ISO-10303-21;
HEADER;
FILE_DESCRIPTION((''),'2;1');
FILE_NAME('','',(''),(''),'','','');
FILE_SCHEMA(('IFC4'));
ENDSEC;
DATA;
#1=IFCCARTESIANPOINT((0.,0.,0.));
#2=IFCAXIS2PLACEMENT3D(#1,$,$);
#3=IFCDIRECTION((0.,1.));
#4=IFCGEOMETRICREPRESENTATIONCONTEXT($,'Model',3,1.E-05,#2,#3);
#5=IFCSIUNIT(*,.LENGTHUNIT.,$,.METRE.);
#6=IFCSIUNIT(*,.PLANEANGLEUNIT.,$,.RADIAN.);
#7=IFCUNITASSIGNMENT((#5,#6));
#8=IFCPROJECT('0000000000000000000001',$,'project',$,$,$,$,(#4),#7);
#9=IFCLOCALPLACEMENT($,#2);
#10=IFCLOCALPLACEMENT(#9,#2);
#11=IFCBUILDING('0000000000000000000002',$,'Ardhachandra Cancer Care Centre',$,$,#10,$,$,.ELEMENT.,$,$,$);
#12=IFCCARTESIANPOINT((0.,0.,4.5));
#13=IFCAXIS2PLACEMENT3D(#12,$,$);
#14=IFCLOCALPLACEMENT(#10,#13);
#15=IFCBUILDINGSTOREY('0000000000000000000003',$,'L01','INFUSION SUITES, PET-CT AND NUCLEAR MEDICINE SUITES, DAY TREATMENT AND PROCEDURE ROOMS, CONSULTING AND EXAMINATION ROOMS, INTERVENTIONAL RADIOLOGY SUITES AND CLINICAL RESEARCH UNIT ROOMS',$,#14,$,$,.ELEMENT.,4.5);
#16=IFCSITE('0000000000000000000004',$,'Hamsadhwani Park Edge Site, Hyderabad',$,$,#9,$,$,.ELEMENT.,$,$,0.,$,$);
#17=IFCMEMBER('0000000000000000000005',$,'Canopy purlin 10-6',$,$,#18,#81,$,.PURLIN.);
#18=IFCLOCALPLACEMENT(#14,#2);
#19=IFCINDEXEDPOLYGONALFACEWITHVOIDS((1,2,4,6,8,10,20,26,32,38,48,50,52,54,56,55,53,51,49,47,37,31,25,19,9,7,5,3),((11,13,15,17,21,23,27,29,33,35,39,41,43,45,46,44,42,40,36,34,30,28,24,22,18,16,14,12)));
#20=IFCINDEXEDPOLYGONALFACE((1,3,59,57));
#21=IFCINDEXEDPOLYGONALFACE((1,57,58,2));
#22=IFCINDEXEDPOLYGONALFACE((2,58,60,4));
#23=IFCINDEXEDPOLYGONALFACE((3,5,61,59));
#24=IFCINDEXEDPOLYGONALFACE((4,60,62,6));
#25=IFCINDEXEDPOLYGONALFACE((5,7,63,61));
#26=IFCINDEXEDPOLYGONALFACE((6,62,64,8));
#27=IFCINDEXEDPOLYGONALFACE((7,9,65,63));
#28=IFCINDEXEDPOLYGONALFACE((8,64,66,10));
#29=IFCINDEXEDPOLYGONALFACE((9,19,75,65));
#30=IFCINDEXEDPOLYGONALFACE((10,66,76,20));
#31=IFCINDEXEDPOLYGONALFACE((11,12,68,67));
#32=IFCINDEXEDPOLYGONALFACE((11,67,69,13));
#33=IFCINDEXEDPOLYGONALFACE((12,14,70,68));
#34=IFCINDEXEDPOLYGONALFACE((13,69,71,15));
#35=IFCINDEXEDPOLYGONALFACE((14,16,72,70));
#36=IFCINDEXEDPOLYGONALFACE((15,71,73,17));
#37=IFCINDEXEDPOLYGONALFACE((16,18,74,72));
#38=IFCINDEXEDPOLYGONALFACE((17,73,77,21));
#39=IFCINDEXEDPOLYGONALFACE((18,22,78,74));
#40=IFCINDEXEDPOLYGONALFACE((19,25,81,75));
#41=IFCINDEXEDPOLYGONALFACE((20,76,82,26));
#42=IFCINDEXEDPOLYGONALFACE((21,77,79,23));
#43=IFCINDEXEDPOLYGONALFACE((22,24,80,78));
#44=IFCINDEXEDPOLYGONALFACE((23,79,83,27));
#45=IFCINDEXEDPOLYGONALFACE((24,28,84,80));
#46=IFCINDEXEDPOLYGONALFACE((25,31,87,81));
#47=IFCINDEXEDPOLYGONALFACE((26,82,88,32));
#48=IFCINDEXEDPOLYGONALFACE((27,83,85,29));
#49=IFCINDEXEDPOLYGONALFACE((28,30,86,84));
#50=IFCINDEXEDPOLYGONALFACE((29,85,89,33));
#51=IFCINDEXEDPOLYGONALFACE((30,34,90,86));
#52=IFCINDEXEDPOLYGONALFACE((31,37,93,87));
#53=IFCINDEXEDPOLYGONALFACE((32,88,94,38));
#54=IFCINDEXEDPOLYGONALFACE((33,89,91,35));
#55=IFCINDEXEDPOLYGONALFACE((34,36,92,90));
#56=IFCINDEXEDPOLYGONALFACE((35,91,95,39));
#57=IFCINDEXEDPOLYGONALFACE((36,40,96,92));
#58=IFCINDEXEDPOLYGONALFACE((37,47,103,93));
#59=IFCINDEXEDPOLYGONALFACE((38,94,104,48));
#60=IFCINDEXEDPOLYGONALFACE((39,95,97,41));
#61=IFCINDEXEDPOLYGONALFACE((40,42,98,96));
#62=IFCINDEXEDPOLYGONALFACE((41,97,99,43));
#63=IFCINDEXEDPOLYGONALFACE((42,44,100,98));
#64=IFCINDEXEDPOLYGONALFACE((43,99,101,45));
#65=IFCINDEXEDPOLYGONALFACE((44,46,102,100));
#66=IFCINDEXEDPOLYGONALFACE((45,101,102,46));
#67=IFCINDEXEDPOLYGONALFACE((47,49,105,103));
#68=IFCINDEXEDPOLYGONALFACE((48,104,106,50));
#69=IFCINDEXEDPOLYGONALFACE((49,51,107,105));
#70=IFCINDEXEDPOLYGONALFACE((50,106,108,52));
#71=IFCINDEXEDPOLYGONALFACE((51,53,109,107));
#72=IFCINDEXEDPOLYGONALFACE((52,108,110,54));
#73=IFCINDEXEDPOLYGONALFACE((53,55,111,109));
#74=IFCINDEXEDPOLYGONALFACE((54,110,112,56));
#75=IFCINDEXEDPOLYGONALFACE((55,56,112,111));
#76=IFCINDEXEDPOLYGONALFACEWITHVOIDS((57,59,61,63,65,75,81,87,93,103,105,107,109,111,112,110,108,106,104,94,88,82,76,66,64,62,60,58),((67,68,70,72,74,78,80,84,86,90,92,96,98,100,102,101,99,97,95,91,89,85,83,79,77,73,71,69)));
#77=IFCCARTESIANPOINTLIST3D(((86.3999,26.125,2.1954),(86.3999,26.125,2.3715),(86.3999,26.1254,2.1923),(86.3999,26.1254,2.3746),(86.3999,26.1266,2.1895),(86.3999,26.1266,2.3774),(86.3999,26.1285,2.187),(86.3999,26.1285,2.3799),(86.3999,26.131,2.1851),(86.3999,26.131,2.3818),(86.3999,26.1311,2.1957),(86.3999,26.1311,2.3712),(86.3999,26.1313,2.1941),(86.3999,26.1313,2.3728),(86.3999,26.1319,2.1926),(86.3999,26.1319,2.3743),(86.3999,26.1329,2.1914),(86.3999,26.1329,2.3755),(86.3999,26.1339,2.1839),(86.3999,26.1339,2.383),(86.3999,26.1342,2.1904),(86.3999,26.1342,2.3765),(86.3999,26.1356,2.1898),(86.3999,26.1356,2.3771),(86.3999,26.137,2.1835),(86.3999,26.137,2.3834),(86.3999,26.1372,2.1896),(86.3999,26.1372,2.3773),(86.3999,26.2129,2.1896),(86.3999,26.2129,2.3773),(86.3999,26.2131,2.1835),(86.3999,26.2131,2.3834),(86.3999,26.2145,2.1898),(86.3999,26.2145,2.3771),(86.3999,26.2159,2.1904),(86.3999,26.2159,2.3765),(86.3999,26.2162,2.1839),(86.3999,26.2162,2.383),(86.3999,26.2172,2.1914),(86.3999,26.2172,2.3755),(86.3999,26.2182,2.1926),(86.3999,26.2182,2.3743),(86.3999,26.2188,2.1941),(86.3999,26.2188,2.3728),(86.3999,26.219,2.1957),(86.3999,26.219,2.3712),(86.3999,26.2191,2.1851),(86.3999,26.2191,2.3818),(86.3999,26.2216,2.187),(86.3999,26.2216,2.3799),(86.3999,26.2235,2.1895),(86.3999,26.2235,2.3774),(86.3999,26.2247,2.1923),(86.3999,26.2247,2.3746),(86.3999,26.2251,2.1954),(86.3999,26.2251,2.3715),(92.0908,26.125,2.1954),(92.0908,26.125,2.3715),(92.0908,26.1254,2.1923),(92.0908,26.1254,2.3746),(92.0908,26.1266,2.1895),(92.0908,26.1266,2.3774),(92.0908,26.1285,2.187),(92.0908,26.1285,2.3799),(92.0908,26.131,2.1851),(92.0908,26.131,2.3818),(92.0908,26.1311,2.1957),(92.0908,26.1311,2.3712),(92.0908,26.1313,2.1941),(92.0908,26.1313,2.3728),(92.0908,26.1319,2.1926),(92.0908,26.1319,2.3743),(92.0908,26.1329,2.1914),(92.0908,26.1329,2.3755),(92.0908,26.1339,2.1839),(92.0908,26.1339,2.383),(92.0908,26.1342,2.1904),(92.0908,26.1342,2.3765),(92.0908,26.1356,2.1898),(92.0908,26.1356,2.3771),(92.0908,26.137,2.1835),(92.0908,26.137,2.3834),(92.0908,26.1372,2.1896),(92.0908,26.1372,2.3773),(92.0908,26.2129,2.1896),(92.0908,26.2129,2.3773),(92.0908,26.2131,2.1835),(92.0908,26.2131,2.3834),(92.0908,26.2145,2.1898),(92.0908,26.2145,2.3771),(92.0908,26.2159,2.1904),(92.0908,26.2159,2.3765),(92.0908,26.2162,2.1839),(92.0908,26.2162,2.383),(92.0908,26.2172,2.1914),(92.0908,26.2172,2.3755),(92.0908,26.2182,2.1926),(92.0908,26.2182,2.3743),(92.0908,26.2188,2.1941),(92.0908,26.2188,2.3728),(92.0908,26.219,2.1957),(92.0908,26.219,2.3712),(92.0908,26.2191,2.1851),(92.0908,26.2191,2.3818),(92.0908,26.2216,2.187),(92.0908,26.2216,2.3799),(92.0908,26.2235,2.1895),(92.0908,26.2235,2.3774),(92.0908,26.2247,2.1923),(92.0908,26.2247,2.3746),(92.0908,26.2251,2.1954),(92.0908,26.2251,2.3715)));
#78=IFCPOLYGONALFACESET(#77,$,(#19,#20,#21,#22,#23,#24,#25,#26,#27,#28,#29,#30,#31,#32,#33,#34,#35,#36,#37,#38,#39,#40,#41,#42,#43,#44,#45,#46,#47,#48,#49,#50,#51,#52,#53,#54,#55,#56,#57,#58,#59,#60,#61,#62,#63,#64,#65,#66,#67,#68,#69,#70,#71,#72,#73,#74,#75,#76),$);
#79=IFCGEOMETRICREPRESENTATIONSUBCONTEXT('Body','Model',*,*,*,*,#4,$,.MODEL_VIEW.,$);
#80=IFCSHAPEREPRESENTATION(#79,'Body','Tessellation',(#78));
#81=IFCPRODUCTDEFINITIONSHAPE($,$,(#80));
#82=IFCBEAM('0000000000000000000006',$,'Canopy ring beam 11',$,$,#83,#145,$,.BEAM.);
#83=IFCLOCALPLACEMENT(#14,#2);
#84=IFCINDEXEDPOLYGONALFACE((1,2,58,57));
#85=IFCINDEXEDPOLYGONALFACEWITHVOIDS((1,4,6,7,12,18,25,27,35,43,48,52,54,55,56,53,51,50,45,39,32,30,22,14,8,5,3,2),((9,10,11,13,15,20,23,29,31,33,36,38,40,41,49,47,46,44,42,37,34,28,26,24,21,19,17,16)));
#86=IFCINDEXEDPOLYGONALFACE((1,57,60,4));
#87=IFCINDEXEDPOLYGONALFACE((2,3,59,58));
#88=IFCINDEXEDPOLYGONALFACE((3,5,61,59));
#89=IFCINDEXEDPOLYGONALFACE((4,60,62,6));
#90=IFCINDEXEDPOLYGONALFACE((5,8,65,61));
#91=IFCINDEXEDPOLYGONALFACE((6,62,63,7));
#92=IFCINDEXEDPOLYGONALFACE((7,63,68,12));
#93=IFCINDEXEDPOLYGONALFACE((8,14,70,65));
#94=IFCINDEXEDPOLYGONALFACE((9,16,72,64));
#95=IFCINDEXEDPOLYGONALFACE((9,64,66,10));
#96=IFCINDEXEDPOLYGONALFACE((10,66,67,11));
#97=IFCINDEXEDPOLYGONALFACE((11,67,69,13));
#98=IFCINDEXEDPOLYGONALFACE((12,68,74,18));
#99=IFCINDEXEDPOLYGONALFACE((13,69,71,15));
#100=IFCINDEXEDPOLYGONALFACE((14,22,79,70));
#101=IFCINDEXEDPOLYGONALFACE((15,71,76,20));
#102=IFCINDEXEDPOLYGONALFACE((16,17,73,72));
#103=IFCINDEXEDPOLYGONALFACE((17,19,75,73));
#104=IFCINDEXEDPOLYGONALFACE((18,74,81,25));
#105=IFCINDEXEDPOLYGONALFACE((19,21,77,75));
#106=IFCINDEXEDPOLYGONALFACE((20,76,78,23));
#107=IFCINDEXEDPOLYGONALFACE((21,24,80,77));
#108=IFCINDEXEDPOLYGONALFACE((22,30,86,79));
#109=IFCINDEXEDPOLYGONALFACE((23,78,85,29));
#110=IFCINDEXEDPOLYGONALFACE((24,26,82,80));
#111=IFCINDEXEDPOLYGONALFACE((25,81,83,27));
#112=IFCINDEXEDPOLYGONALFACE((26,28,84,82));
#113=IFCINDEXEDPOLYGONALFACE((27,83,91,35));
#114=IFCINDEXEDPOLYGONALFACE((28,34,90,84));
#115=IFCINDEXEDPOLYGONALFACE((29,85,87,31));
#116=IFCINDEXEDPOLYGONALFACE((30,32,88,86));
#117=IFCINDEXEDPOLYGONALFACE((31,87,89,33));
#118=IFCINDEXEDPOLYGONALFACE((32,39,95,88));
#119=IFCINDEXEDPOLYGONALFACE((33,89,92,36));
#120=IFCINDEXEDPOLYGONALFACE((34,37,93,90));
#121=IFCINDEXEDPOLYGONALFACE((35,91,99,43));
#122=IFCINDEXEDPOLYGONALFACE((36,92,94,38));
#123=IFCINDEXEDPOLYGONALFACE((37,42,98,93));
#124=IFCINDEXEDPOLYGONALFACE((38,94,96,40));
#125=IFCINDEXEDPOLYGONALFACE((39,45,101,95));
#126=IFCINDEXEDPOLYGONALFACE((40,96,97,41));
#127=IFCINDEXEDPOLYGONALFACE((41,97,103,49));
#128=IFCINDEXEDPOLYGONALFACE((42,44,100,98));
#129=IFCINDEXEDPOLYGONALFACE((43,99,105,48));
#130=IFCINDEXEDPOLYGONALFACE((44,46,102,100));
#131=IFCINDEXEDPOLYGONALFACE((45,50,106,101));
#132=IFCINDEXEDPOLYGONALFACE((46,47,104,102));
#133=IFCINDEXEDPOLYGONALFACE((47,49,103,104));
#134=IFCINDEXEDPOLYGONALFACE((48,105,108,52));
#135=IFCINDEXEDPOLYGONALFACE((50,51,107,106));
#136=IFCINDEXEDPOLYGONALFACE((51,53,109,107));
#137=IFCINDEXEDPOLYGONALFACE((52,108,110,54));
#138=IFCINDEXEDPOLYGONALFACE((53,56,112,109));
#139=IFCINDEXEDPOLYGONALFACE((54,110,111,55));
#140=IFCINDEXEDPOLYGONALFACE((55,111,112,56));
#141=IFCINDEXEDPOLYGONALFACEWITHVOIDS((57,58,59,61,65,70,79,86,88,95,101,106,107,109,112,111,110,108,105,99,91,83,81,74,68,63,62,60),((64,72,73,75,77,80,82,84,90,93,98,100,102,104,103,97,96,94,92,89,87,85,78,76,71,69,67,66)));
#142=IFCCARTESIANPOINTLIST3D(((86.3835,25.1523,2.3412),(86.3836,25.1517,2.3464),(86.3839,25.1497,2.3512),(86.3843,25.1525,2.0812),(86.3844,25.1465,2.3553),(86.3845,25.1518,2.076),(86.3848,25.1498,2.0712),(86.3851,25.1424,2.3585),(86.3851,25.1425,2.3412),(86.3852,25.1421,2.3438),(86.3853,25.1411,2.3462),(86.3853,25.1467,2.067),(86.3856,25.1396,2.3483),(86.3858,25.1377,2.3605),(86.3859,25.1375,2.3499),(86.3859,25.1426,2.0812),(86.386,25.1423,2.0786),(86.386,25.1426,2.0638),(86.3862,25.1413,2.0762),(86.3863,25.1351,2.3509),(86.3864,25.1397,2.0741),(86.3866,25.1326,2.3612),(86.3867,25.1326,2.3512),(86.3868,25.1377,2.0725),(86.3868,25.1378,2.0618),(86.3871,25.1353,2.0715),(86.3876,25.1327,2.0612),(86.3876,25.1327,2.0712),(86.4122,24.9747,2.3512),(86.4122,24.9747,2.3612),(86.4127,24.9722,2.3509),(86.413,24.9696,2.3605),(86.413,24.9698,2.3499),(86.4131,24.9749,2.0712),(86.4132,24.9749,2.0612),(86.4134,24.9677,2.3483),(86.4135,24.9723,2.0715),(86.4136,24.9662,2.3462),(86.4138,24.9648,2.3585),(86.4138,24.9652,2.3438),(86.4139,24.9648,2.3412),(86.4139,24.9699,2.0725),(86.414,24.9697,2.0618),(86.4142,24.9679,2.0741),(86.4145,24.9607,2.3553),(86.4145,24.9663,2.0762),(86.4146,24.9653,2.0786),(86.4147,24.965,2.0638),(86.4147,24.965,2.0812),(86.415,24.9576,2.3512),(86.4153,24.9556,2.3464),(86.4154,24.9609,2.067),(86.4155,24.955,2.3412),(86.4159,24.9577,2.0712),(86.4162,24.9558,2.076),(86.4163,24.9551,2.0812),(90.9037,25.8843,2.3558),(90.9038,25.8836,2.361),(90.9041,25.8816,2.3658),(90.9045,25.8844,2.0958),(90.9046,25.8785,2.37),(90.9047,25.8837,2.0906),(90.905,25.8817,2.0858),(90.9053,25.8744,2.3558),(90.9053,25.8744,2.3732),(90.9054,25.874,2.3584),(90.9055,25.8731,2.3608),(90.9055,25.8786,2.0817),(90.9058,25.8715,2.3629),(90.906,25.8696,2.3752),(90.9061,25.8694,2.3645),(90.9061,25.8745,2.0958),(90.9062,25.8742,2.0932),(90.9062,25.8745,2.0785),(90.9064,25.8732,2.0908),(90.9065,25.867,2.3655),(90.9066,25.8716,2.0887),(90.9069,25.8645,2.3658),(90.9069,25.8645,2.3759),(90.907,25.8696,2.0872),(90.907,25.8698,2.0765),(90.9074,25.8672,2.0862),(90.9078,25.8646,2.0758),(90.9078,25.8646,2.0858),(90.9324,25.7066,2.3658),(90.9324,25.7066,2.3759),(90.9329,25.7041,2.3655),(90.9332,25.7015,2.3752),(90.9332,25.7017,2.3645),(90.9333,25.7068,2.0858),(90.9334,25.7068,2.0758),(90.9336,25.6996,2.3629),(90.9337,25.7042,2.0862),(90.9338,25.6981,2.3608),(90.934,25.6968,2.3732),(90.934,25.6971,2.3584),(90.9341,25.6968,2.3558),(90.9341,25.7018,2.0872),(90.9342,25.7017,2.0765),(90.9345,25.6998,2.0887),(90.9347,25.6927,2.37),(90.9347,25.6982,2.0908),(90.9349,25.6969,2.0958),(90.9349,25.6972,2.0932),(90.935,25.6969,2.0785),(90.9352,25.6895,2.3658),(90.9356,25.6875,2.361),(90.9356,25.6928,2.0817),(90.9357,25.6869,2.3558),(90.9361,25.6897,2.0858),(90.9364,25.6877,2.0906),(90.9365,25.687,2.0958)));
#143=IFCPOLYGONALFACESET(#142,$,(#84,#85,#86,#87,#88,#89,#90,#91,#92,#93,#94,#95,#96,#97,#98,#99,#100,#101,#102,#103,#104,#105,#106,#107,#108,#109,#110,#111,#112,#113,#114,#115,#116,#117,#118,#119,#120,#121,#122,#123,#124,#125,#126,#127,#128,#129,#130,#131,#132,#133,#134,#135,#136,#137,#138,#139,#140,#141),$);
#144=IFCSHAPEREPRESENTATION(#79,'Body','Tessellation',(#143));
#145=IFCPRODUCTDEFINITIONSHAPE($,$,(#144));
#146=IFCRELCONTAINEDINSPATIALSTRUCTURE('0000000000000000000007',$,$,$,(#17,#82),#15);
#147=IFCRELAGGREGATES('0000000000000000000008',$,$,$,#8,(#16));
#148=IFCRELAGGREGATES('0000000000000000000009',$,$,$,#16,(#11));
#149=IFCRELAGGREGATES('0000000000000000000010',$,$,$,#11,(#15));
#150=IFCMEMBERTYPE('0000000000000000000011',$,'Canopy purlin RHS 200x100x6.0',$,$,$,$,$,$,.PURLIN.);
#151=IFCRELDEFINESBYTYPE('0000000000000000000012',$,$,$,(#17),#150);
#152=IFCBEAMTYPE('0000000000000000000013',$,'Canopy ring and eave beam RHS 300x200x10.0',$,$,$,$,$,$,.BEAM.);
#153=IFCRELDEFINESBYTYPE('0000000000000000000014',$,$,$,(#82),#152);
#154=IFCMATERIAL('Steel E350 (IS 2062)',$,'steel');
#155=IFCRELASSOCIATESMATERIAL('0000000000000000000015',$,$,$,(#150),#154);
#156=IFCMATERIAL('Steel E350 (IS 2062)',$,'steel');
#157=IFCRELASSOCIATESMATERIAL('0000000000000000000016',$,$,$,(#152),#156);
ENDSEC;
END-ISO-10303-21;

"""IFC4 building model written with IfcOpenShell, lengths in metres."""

from ifc_helpers import new_model, si_unit, direction, frame, origin, origin_2d, place, context, subcontext, project, spatial, hollow_rectangle, extrude, material, material_profile, profile_set, type_object, element, save


model = new_model("IFC4")

# Units and contexts
model_context = context("Model", 3, precision=1e-05, world=origin(), true_north=direction((0.0, 1.0)))
body_context = subcontext(model_context, "Body", "Model", "MODEL_VIEW")
ifc_project = project(units=[si_unit("LENGTHUNIT", "METRE"), si_unit("PLANEANGLEUNIT", "RADIAN")], contexts=[model_context])

# Site, building, storey
site_placement = place(None, origin())
site = spatial("IfcSite", under=ifc_project, at=site_placement, Name="Hamsadhwani Park Edge Site, Hyderabad", CompositionType="ELEMENT", RefElevation=0.0)
building_placement = place(site_placement, origin())
building = spatial("IfcBuilding", under=site, at=building_placement, Name="Ardhachandra Cancer Care Centre", CompositionType="ELEMENT")
storey_placement = place(building_placement, frame((0.0, 0.0, 4.5)))
storey = spatial("IfcBuildingStorey", under=building, at=storey_placement, Name="L01", Description="INFUSION SUITES, PET-CT AND NUCLEAR MEDICINE SUITES, DAY TREATMENT AND PROCEDURE ROOMS, CONSULTING AND EXAMINATION ROOMS, INTERVENTIONAL RADIOLOGY SUITES AND CLINICAL RESEARCH UNIT ROOMS", CompositionType="ELEMENT", Elevation=4.5)

# Member
ifc_material_1 = material(Name="Steel E350 (IS 2062)", Category="steel")
ifc_material_profile_1 = material_profile(ifc_material_1, hollow_rectangle(XDim=0.1001, YDim=0.2, WallThickness=0.0061, InnerFilletRadius=0.0061, OuterFilletRadius=0.012, at=origin_2d()), Name="RHS 200x100x6.0")
ifc_profile_set_1 = profile_set([ifc_material_profile_1], Name="Steel E350 (IS 2062)")
member_type_1 = type_object("IfcMemberType", Name="Canopy purlin RHS 200x100x6.0", PredefinedType="PURLIN", material=ifc_profile_set_1)
member_1_placement = place(storey_placement, frame((86.3999, 26.175, 2.2834), z_axis=(1.0, 0.0, 0.0), x_axis=(0.0, 1.0, 0.0)))
element("IfcMember", 1, at=member_1_placement, inside=storey, type_object=member_type_1, Name="Canopy purlin 10-6", PredefinedType="PURLIN", context=body_context, shape_type="SweptSolid", body=[
    extrude(hollow_rectangle(XDim=0.1001, YDim=0.2, WallThickness=0.0061, InnerFilletRadius=0.0061, OuterFilletRadius=0.012, at=origin_2d()), origin(), (0.0, 0.0, 1.0), 5.6909),
])

# Beam
ifc_material_2 = material(Name="Steel E350 (IS 2062)", Category="steel")
ifc_material_profile_2 = material_profile(ifc_material_2, hollow_rectangle(XDim=0.2, YDim=0.3, WallThickness=0.01, InnerFilletRadius=0.01, OuterFilletRadius=0.02, at=origin_2d()), Name="RHS 300x200x10.0")
ifc_profile_set_2 = profile_set([ifc_material_profile_2], Name="Steel E350 (IS 2062)")
beam_type = type_object("IfcBeamType", Name="Canopy ring and eave beam RHS 300x200x10.0", PredefinedType="BEAM", material=ifc_profile_set_2)
beam_1_placement = place(storey_placement, frame((86.3999, 25.0537, 2.2112), z_axis=(0.987138, 0.15984, 0.003199), x_axis=(-0.159841, 0.987143, 0.0)))
element("IfcBeam", 2, at=beam_1_placement, inside=storey, type_object=beam_type, Name="Canopy ring beam 11", PredefinedType="BEAM", context=body_context, shape_type="SweptSolid", body=[
    extrude(hollow_rectangle(XDim=0.2, YDim=0.3, WallThickness=0.01, InnerFilletRadius=0.01, OuterFilletRadius=0.02, at=origin_2d()), origin(), (0.0, 0.0, 1.0), 4.5791),
])

save(model, "model.ifc")
